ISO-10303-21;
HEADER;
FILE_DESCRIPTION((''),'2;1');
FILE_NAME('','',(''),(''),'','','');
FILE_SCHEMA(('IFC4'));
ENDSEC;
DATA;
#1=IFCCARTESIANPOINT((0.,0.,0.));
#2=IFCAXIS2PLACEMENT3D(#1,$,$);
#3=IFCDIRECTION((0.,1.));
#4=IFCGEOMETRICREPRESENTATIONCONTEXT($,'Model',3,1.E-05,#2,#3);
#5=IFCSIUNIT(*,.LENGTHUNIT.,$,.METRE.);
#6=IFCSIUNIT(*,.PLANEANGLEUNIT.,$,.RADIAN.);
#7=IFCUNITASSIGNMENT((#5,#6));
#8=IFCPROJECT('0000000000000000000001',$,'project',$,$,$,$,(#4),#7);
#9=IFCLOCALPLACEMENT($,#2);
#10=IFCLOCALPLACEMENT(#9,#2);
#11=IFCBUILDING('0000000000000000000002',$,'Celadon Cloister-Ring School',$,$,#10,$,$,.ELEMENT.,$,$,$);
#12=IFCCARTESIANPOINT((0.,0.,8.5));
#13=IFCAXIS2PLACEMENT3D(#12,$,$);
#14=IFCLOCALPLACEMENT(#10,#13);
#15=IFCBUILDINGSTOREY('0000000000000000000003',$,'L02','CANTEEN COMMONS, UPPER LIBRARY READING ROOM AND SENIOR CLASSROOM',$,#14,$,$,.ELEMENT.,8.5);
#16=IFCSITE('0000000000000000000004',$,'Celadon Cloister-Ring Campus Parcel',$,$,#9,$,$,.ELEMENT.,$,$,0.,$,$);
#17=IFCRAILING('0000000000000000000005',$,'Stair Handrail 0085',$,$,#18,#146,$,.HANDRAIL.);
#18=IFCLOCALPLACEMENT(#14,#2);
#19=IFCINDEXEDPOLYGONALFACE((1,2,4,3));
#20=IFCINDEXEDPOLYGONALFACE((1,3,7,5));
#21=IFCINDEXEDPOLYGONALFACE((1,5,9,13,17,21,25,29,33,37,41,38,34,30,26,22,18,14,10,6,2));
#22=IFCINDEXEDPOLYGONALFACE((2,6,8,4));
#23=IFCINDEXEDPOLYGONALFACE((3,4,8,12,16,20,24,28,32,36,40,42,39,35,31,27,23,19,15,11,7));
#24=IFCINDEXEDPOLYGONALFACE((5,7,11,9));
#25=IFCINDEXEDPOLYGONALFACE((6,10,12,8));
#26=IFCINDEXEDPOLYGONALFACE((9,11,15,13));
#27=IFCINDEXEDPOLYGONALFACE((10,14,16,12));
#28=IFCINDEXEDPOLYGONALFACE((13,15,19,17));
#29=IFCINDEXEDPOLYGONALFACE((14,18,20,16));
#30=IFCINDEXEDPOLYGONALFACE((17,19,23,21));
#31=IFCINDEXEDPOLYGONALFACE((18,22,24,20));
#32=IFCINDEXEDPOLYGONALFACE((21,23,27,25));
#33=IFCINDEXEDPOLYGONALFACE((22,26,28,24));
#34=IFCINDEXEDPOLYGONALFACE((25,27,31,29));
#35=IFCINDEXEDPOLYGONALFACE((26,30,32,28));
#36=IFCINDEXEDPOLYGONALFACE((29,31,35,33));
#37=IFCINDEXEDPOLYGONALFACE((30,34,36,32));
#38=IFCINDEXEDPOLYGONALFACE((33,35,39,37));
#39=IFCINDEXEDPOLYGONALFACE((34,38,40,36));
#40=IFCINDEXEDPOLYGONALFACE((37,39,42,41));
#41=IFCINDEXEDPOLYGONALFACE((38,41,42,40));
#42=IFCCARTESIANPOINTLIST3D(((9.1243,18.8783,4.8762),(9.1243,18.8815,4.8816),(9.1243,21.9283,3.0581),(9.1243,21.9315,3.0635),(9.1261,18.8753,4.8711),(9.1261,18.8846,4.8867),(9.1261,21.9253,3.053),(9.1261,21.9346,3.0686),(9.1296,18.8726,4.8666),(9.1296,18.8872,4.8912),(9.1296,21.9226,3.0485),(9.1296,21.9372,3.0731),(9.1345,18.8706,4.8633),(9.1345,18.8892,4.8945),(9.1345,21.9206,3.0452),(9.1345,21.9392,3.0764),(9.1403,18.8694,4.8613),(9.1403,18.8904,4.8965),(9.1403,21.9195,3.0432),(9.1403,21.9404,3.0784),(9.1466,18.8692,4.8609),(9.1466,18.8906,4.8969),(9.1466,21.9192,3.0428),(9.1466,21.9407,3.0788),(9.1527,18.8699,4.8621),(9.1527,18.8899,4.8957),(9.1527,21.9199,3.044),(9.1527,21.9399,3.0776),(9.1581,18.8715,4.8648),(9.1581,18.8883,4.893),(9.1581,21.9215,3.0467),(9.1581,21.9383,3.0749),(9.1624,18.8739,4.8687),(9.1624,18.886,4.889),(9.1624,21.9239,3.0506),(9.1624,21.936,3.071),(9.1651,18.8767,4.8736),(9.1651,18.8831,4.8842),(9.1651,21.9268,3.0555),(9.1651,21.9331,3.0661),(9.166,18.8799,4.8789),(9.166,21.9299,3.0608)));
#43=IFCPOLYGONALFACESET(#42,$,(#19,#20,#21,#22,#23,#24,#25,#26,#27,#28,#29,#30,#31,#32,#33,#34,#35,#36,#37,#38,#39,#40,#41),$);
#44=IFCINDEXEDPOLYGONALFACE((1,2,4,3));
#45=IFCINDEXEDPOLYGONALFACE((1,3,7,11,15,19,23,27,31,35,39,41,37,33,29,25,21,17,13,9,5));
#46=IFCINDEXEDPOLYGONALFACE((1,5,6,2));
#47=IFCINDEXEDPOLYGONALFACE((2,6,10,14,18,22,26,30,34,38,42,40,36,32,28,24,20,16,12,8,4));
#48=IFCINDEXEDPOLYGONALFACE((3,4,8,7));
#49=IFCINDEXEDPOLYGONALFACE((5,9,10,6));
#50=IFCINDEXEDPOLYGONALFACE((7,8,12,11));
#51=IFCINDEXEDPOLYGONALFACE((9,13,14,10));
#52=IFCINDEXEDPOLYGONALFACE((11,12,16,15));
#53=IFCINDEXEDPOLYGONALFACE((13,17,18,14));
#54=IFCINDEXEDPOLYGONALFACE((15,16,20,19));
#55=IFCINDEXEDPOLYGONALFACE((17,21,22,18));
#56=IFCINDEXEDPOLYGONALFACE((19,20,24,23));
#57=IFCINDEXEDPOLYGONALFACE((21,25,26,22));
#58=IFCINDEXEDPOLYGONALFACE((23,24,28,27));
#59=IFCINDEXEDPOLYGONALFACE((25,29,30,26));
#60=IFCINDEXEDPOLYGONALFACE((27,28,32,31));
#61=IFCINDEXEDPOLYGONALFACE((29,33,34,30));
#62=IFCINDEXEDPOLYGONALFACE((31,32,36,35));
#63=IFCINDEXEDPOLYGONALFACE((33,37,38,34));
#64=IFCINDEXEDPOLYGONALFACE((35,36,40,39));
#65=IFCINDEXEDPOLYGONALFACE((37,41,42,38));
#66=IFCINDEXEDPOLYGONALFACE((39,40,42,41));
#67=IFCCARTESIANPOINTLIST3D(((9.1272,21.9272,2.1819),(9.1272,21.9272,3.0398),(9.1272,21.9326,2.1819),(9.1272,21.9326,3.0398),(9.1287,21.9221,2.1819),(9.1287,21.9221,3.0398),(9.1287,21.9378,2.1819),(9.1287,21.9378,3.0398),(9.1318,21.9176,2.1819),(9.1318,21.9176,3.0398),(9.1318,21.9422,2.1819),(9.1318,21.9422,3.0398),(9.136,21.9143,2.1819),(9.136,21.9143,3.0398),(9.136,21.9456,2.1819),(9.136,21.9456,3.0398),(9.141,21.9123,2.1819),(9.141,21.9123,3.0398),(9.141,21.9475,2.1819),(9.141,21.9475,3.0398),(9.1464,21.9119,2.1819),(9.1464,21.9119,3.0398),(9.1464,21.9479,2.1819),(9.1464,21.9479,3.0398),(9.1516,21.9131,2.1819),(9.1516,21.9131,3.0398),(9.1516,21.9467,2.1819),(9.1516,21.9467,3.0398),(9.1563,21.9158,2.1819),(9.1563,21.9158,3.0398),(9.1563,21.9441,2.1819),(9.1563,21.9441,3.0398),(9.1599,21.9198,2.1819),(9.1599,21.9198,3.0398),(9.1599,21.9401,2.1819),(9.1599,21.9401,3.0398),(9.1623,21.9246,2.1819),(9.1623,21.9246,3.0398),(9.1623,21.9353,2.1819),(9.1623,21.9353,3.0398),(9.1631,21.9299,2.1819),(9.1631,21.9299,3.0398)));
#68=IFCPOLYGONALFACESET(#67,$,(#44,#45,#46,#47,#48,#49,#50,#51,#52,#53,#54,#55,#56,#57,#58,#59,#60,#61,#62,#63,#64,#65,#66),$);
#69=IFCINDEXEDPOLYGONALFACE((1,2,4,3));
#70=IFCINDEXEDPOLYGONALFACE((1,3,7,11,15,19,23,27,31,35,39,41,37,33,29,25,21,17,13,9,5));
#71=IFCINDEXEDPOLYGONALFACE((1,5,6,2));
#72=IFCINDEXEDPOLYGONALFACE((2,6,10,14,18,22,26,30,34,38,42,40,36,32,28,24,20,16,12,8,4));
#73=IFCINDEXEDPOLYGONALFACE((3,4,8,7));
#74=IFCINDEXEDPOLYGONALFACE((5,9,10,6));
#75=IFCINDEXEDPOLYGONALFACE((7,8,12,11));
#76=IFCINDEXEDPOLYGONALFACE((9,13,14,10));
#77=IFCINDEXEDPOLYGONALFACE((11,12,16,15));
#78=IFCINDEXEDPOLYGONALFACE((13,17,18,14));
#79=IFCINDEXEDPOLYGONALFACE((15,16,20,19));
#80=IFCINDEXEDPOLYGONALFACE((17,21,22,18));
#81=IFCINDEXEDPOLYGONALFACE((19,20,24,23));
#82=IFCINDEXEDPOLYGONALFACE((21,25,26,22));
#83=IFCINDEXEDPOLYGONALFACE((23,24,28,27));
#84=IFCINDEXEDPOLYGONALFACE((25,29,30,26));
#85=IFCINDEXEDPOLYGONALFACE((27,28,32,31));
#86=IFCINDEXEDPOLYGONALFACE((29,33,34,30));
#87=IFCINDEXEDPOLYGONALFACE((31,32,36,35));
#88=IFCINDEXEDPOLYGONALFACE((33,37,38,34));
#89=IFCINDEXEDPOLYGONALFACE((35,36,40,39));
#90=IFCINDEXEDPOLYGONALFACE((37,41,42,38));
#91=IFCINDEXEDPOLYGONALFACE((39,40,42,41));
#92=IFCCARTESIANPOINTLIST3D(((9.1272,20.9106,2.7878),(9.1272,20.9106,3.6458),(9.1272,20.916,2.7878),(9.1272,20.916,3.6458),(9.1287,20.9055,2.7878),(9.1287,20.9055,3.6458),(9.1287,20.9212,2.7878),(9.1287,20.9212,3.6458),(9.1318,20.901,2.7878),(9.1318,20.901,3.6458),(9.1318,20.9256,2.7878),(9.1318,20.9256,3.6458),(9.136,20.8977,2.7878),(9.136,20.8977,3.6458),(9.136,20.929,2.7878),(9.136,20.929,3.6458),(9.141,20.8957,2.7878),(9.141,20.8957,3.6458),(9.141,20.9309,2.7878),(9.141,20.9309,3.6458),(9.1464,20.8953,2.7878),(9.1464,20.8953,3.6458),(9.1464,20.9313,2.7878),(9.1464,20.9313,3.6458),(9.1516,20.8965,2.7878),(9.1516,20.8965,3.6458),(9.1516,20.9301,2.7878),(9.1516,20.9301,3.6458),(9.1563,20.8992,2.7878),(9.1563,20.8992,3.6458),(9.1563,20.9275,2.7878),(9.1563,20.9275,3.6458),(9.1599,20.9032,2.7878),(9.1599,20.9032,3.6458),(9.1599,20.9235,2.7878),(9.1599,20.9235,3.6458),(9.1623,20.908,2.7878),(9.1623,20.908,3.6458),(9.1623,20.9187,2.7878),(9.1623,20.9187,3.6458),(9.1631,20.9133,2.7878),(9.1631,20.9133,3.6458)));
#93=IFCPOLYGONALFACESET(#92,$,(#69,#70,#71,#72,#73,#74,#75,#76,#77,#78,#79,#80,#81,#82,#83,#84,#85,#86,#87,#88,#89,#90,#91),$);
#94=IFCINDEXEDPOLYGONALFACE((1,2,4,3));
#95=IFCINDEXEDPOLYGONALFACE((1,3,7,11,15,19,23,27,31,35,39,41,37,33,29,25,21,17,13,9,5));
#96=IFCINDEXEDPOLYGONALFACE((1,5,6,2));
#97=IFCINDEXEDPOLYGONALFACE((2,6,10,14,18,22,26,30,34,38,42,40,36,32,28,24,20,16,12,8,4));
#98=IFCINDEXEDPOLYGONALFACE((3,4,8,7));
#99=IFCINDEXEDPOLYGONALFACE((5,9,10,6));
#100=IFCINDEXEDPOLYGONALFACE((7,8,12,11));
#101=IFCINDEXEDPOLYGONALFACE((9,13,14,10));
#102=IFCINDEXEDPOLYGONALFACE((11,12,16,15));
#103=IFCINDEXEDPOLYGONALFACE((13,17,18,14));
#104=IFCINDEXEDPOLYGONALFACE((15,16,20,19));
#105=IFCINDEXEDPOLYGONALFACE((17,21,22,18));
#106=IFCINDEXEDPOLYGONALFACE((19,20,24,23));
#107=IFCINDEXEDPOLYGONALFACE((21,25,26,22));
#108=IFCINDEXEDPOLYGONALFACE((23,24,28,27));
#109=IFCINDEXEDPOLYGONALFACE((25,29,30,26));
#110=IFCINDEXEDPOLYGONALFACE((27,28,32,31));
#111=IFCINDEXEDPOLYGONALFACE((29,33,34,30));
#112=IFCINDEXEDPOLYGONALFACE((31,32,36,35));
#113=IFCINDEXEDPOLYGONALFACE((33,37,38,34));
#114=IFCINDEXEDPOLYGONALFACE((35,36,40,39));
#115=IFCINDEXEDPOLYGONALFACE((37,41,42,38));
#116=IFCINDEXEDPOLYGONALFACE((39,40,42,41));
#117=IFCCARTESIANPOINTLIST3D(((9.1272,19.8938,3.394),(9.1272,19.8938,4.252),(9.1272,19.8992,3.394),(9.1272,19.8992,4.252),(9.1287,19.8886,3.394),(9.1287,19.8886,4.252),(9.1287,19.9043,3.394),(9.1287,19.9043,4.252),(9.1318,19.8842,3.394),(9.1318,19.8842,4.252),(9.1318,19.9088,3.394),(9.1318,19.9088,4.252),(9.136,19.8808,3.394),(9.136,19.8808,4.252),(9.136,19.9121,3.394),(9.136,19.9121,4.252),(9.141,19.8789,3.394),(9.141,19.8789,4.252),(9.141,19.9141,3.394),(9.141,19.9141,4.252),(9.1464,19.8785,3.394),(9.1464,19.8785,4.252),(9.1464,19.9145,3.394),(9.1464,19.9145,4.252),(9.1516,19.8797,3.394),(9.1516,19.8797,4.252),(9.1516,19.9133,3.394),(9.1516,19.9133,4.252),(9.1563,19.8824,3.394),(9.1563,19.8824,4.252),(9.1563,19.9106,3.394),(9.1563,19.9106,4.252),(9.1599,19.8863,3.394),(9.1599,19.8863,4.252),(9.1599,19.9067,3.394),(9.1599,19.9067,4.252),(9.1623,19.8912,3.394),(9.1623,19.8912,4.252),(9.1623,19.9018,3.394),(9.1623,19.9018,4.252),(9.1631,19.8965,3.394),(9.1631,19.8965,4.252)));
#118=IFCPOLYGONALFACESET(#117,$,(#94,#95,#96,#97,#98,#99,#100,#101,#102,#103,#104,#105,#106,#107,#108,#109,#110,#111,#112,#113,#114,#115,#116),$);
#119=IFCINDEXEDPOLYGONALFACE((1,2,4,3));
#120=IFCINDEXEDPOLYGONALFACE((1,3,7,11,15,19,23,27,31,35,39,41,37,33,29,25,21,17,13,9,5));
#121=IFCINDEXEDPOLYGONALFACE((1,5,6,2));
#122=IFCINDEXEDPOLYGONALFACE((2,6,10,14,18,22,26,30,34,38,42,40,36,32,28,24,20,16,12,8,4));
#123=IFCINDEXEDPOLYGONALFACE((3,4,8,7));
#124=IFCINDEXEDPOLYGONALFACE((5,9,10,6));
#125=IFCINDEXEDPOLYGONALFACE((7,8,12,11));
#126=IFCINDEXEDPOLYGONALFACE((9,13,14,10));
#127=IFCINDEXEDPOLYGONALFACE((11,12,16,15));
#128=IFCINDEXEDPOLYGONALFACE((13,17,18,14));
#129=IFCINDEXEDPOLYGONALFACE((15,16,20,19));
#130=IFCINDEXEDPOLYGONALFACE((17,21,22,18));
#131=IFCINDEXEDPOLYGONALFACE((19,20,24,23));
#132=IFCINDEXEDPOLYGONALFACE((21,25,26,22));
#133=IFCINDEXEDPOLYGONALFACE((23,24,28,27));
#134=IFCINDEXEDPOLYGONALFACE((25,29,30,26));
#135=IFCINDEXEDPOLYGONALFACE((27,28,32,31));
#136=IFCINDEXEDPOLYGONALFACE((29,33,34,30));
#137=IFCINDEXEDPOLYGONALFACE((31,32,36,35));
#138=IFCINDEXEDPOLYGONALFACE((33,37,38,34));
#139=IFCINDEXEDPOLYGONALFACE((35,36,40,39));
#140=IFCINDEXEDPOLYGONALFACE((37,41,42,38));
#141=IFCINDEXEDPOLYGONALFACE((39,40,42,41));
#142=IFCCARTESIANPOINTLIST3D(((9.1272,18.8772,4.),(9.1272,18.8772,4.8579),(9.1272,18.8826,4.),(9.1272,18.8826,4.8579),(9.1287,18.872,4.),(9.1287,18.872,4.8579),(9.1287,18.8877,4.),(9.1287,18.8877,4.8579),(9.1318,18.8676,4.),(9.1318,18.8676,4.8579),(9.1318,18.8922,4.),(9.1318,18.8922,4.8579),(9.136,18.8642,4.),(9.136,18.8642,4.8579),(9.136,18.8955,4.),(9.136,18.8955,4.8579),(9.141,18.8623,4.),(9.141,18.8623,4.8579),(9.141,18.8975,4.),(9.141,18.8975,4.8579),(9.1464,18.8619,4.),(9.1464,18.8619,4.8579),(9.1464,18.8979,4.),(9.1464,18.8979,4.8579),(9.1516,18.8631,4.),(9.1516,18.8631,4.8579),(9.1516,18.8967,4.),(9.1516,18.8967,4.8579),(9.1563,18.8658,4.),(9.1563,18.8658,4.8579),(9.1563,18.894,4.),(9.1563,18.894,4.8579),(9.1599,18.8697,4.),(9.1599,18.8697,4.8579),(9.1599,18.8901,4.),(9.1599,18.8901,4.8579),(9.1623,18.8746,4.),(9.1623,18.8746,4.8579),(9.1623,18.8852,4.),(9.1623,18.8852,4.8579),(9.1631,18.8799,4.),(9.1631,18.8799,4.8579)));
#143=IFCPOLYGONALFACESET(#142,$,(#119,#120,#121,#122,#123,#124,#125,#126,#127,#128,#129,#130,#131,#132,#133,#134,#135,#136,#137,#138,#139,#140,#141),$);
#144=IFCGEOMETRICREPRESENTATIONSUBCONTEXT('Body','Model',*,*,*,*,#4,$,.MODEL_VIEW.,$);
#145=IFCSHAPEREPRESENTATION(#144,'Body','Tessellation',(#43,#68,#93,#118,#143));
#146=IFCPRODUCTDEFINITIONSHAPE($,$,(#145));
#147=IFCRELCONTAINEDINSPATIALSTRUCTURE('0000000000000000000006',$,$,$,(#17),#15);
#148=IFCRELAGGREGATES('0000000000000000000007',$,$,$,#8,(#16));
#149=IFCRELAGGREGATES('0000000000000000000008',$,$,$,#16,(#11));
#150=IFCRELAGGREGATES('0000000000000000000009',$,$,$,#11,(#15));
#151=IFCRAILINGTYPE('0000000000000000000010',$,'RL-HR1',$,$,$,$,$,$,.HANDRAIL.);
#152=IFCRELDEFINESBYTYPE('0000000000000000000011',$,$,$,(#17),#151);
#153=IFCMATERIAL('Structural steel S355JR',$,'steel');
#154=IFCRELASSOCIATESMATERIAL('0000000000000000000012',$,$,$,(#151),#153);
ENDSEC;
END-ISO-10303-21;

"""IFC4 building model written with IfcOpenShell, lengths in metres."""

from ifc_helpers import new_model, si_unit, direction, frame, origin, origin_2d, place, context, subcontext, project, spatial, circle, extrude, material, type_object, element, save


model = new_model("IFC4")

# Units and contexts
model_context = context("Model", 3, precision=1e-05, world=origin(), true_north=direction((0.0, 1.0)))
body_context = subcontext(model_context, "Body", "Model", "MODEL_VIEW")
ifc_project = project(units=[si_unit("LENGTHUNIT", "METRE"), si_unit("PLANEANGLEUNIT", "RADIAN")], contexts=[model_context])

# Site, building, storey
site_placement = place(None, origin())
site = spatial("IfcSite", under=ifc_project, at=site_placement, Name="Celadon Cloister-Ring Campus Parcel", CompositionType="ELEMENT", RefElevation=0.0)
building_placement = place(site_placement, origin())
building = spatial("IfcBuilding", under=site, at=building_placement, Name="Celadon Cloister-Ring School", CompositionType="ELEMENT")
storey_placement = place(building_placement, frame((0.0, 0.0, 8.5)))
storey = spatial("IfcBuildingStorey", under=building, at=storey_placement, Name="L02", Description="CANTEEN COMMONS, UPPER LIBRARY READING ROOM AND SENIOR CLASSROOM", CompositionType="ELEMENT", Elevation=8.5)

# Railing
ifc_material_1 = material(Name="Structural steel S355JR", Category="steel")
railing_type_1 = type_object("IfcRailingType", Name="RL-HR1", PredefinedType="HANDRAIL", material=ifc_material_1)
for number, where, name in (
    (1, (9.145, 21.9299, 2.1819), "Stair Handrail 0085"),
):
    element("IfcRailing", number, at=place(storey_placement, frame(where)), inside=storey, type_object=railing_type_1, Name=name, PredefinedType="HANDRAIL", context=body_context, shape_type="SweptSolid", body=[
        extrude(circle(Radius=0.021, at=origin_2d()), frame((0.0, 0.0, 0.8789), z_axis=(0.0, -0.85897, 0.512026), x_axis=(1.0, 0.0, 0.0)), (0.0, 0.0, 1.0), 3.5508),
        extrude(circle(Radius=0.0181, at=origin_2d()), origin(), (0.0, 0.0, 1.0), 0.8579),
        extrude(circle(Radius=0.0181, at=origin_2d()), frame((0.0, -1.0166, 0.606)), (0.0, 0.0, 1.0), 0.8579),
        extrude(circle(Radius=0.0181, at=origin_2d()), frame((0.0, -2.0334, 1.2122)), (0.0, 0.0, 1.0), 0.8579),
        extrude(circle(Radius=0.0181, at=origin_2d()), frame((0.0, -3.05, 1.8181)), (0.0, 0.0, 1.0), 0.8579),
    ])

save(model, "model.ifc")
